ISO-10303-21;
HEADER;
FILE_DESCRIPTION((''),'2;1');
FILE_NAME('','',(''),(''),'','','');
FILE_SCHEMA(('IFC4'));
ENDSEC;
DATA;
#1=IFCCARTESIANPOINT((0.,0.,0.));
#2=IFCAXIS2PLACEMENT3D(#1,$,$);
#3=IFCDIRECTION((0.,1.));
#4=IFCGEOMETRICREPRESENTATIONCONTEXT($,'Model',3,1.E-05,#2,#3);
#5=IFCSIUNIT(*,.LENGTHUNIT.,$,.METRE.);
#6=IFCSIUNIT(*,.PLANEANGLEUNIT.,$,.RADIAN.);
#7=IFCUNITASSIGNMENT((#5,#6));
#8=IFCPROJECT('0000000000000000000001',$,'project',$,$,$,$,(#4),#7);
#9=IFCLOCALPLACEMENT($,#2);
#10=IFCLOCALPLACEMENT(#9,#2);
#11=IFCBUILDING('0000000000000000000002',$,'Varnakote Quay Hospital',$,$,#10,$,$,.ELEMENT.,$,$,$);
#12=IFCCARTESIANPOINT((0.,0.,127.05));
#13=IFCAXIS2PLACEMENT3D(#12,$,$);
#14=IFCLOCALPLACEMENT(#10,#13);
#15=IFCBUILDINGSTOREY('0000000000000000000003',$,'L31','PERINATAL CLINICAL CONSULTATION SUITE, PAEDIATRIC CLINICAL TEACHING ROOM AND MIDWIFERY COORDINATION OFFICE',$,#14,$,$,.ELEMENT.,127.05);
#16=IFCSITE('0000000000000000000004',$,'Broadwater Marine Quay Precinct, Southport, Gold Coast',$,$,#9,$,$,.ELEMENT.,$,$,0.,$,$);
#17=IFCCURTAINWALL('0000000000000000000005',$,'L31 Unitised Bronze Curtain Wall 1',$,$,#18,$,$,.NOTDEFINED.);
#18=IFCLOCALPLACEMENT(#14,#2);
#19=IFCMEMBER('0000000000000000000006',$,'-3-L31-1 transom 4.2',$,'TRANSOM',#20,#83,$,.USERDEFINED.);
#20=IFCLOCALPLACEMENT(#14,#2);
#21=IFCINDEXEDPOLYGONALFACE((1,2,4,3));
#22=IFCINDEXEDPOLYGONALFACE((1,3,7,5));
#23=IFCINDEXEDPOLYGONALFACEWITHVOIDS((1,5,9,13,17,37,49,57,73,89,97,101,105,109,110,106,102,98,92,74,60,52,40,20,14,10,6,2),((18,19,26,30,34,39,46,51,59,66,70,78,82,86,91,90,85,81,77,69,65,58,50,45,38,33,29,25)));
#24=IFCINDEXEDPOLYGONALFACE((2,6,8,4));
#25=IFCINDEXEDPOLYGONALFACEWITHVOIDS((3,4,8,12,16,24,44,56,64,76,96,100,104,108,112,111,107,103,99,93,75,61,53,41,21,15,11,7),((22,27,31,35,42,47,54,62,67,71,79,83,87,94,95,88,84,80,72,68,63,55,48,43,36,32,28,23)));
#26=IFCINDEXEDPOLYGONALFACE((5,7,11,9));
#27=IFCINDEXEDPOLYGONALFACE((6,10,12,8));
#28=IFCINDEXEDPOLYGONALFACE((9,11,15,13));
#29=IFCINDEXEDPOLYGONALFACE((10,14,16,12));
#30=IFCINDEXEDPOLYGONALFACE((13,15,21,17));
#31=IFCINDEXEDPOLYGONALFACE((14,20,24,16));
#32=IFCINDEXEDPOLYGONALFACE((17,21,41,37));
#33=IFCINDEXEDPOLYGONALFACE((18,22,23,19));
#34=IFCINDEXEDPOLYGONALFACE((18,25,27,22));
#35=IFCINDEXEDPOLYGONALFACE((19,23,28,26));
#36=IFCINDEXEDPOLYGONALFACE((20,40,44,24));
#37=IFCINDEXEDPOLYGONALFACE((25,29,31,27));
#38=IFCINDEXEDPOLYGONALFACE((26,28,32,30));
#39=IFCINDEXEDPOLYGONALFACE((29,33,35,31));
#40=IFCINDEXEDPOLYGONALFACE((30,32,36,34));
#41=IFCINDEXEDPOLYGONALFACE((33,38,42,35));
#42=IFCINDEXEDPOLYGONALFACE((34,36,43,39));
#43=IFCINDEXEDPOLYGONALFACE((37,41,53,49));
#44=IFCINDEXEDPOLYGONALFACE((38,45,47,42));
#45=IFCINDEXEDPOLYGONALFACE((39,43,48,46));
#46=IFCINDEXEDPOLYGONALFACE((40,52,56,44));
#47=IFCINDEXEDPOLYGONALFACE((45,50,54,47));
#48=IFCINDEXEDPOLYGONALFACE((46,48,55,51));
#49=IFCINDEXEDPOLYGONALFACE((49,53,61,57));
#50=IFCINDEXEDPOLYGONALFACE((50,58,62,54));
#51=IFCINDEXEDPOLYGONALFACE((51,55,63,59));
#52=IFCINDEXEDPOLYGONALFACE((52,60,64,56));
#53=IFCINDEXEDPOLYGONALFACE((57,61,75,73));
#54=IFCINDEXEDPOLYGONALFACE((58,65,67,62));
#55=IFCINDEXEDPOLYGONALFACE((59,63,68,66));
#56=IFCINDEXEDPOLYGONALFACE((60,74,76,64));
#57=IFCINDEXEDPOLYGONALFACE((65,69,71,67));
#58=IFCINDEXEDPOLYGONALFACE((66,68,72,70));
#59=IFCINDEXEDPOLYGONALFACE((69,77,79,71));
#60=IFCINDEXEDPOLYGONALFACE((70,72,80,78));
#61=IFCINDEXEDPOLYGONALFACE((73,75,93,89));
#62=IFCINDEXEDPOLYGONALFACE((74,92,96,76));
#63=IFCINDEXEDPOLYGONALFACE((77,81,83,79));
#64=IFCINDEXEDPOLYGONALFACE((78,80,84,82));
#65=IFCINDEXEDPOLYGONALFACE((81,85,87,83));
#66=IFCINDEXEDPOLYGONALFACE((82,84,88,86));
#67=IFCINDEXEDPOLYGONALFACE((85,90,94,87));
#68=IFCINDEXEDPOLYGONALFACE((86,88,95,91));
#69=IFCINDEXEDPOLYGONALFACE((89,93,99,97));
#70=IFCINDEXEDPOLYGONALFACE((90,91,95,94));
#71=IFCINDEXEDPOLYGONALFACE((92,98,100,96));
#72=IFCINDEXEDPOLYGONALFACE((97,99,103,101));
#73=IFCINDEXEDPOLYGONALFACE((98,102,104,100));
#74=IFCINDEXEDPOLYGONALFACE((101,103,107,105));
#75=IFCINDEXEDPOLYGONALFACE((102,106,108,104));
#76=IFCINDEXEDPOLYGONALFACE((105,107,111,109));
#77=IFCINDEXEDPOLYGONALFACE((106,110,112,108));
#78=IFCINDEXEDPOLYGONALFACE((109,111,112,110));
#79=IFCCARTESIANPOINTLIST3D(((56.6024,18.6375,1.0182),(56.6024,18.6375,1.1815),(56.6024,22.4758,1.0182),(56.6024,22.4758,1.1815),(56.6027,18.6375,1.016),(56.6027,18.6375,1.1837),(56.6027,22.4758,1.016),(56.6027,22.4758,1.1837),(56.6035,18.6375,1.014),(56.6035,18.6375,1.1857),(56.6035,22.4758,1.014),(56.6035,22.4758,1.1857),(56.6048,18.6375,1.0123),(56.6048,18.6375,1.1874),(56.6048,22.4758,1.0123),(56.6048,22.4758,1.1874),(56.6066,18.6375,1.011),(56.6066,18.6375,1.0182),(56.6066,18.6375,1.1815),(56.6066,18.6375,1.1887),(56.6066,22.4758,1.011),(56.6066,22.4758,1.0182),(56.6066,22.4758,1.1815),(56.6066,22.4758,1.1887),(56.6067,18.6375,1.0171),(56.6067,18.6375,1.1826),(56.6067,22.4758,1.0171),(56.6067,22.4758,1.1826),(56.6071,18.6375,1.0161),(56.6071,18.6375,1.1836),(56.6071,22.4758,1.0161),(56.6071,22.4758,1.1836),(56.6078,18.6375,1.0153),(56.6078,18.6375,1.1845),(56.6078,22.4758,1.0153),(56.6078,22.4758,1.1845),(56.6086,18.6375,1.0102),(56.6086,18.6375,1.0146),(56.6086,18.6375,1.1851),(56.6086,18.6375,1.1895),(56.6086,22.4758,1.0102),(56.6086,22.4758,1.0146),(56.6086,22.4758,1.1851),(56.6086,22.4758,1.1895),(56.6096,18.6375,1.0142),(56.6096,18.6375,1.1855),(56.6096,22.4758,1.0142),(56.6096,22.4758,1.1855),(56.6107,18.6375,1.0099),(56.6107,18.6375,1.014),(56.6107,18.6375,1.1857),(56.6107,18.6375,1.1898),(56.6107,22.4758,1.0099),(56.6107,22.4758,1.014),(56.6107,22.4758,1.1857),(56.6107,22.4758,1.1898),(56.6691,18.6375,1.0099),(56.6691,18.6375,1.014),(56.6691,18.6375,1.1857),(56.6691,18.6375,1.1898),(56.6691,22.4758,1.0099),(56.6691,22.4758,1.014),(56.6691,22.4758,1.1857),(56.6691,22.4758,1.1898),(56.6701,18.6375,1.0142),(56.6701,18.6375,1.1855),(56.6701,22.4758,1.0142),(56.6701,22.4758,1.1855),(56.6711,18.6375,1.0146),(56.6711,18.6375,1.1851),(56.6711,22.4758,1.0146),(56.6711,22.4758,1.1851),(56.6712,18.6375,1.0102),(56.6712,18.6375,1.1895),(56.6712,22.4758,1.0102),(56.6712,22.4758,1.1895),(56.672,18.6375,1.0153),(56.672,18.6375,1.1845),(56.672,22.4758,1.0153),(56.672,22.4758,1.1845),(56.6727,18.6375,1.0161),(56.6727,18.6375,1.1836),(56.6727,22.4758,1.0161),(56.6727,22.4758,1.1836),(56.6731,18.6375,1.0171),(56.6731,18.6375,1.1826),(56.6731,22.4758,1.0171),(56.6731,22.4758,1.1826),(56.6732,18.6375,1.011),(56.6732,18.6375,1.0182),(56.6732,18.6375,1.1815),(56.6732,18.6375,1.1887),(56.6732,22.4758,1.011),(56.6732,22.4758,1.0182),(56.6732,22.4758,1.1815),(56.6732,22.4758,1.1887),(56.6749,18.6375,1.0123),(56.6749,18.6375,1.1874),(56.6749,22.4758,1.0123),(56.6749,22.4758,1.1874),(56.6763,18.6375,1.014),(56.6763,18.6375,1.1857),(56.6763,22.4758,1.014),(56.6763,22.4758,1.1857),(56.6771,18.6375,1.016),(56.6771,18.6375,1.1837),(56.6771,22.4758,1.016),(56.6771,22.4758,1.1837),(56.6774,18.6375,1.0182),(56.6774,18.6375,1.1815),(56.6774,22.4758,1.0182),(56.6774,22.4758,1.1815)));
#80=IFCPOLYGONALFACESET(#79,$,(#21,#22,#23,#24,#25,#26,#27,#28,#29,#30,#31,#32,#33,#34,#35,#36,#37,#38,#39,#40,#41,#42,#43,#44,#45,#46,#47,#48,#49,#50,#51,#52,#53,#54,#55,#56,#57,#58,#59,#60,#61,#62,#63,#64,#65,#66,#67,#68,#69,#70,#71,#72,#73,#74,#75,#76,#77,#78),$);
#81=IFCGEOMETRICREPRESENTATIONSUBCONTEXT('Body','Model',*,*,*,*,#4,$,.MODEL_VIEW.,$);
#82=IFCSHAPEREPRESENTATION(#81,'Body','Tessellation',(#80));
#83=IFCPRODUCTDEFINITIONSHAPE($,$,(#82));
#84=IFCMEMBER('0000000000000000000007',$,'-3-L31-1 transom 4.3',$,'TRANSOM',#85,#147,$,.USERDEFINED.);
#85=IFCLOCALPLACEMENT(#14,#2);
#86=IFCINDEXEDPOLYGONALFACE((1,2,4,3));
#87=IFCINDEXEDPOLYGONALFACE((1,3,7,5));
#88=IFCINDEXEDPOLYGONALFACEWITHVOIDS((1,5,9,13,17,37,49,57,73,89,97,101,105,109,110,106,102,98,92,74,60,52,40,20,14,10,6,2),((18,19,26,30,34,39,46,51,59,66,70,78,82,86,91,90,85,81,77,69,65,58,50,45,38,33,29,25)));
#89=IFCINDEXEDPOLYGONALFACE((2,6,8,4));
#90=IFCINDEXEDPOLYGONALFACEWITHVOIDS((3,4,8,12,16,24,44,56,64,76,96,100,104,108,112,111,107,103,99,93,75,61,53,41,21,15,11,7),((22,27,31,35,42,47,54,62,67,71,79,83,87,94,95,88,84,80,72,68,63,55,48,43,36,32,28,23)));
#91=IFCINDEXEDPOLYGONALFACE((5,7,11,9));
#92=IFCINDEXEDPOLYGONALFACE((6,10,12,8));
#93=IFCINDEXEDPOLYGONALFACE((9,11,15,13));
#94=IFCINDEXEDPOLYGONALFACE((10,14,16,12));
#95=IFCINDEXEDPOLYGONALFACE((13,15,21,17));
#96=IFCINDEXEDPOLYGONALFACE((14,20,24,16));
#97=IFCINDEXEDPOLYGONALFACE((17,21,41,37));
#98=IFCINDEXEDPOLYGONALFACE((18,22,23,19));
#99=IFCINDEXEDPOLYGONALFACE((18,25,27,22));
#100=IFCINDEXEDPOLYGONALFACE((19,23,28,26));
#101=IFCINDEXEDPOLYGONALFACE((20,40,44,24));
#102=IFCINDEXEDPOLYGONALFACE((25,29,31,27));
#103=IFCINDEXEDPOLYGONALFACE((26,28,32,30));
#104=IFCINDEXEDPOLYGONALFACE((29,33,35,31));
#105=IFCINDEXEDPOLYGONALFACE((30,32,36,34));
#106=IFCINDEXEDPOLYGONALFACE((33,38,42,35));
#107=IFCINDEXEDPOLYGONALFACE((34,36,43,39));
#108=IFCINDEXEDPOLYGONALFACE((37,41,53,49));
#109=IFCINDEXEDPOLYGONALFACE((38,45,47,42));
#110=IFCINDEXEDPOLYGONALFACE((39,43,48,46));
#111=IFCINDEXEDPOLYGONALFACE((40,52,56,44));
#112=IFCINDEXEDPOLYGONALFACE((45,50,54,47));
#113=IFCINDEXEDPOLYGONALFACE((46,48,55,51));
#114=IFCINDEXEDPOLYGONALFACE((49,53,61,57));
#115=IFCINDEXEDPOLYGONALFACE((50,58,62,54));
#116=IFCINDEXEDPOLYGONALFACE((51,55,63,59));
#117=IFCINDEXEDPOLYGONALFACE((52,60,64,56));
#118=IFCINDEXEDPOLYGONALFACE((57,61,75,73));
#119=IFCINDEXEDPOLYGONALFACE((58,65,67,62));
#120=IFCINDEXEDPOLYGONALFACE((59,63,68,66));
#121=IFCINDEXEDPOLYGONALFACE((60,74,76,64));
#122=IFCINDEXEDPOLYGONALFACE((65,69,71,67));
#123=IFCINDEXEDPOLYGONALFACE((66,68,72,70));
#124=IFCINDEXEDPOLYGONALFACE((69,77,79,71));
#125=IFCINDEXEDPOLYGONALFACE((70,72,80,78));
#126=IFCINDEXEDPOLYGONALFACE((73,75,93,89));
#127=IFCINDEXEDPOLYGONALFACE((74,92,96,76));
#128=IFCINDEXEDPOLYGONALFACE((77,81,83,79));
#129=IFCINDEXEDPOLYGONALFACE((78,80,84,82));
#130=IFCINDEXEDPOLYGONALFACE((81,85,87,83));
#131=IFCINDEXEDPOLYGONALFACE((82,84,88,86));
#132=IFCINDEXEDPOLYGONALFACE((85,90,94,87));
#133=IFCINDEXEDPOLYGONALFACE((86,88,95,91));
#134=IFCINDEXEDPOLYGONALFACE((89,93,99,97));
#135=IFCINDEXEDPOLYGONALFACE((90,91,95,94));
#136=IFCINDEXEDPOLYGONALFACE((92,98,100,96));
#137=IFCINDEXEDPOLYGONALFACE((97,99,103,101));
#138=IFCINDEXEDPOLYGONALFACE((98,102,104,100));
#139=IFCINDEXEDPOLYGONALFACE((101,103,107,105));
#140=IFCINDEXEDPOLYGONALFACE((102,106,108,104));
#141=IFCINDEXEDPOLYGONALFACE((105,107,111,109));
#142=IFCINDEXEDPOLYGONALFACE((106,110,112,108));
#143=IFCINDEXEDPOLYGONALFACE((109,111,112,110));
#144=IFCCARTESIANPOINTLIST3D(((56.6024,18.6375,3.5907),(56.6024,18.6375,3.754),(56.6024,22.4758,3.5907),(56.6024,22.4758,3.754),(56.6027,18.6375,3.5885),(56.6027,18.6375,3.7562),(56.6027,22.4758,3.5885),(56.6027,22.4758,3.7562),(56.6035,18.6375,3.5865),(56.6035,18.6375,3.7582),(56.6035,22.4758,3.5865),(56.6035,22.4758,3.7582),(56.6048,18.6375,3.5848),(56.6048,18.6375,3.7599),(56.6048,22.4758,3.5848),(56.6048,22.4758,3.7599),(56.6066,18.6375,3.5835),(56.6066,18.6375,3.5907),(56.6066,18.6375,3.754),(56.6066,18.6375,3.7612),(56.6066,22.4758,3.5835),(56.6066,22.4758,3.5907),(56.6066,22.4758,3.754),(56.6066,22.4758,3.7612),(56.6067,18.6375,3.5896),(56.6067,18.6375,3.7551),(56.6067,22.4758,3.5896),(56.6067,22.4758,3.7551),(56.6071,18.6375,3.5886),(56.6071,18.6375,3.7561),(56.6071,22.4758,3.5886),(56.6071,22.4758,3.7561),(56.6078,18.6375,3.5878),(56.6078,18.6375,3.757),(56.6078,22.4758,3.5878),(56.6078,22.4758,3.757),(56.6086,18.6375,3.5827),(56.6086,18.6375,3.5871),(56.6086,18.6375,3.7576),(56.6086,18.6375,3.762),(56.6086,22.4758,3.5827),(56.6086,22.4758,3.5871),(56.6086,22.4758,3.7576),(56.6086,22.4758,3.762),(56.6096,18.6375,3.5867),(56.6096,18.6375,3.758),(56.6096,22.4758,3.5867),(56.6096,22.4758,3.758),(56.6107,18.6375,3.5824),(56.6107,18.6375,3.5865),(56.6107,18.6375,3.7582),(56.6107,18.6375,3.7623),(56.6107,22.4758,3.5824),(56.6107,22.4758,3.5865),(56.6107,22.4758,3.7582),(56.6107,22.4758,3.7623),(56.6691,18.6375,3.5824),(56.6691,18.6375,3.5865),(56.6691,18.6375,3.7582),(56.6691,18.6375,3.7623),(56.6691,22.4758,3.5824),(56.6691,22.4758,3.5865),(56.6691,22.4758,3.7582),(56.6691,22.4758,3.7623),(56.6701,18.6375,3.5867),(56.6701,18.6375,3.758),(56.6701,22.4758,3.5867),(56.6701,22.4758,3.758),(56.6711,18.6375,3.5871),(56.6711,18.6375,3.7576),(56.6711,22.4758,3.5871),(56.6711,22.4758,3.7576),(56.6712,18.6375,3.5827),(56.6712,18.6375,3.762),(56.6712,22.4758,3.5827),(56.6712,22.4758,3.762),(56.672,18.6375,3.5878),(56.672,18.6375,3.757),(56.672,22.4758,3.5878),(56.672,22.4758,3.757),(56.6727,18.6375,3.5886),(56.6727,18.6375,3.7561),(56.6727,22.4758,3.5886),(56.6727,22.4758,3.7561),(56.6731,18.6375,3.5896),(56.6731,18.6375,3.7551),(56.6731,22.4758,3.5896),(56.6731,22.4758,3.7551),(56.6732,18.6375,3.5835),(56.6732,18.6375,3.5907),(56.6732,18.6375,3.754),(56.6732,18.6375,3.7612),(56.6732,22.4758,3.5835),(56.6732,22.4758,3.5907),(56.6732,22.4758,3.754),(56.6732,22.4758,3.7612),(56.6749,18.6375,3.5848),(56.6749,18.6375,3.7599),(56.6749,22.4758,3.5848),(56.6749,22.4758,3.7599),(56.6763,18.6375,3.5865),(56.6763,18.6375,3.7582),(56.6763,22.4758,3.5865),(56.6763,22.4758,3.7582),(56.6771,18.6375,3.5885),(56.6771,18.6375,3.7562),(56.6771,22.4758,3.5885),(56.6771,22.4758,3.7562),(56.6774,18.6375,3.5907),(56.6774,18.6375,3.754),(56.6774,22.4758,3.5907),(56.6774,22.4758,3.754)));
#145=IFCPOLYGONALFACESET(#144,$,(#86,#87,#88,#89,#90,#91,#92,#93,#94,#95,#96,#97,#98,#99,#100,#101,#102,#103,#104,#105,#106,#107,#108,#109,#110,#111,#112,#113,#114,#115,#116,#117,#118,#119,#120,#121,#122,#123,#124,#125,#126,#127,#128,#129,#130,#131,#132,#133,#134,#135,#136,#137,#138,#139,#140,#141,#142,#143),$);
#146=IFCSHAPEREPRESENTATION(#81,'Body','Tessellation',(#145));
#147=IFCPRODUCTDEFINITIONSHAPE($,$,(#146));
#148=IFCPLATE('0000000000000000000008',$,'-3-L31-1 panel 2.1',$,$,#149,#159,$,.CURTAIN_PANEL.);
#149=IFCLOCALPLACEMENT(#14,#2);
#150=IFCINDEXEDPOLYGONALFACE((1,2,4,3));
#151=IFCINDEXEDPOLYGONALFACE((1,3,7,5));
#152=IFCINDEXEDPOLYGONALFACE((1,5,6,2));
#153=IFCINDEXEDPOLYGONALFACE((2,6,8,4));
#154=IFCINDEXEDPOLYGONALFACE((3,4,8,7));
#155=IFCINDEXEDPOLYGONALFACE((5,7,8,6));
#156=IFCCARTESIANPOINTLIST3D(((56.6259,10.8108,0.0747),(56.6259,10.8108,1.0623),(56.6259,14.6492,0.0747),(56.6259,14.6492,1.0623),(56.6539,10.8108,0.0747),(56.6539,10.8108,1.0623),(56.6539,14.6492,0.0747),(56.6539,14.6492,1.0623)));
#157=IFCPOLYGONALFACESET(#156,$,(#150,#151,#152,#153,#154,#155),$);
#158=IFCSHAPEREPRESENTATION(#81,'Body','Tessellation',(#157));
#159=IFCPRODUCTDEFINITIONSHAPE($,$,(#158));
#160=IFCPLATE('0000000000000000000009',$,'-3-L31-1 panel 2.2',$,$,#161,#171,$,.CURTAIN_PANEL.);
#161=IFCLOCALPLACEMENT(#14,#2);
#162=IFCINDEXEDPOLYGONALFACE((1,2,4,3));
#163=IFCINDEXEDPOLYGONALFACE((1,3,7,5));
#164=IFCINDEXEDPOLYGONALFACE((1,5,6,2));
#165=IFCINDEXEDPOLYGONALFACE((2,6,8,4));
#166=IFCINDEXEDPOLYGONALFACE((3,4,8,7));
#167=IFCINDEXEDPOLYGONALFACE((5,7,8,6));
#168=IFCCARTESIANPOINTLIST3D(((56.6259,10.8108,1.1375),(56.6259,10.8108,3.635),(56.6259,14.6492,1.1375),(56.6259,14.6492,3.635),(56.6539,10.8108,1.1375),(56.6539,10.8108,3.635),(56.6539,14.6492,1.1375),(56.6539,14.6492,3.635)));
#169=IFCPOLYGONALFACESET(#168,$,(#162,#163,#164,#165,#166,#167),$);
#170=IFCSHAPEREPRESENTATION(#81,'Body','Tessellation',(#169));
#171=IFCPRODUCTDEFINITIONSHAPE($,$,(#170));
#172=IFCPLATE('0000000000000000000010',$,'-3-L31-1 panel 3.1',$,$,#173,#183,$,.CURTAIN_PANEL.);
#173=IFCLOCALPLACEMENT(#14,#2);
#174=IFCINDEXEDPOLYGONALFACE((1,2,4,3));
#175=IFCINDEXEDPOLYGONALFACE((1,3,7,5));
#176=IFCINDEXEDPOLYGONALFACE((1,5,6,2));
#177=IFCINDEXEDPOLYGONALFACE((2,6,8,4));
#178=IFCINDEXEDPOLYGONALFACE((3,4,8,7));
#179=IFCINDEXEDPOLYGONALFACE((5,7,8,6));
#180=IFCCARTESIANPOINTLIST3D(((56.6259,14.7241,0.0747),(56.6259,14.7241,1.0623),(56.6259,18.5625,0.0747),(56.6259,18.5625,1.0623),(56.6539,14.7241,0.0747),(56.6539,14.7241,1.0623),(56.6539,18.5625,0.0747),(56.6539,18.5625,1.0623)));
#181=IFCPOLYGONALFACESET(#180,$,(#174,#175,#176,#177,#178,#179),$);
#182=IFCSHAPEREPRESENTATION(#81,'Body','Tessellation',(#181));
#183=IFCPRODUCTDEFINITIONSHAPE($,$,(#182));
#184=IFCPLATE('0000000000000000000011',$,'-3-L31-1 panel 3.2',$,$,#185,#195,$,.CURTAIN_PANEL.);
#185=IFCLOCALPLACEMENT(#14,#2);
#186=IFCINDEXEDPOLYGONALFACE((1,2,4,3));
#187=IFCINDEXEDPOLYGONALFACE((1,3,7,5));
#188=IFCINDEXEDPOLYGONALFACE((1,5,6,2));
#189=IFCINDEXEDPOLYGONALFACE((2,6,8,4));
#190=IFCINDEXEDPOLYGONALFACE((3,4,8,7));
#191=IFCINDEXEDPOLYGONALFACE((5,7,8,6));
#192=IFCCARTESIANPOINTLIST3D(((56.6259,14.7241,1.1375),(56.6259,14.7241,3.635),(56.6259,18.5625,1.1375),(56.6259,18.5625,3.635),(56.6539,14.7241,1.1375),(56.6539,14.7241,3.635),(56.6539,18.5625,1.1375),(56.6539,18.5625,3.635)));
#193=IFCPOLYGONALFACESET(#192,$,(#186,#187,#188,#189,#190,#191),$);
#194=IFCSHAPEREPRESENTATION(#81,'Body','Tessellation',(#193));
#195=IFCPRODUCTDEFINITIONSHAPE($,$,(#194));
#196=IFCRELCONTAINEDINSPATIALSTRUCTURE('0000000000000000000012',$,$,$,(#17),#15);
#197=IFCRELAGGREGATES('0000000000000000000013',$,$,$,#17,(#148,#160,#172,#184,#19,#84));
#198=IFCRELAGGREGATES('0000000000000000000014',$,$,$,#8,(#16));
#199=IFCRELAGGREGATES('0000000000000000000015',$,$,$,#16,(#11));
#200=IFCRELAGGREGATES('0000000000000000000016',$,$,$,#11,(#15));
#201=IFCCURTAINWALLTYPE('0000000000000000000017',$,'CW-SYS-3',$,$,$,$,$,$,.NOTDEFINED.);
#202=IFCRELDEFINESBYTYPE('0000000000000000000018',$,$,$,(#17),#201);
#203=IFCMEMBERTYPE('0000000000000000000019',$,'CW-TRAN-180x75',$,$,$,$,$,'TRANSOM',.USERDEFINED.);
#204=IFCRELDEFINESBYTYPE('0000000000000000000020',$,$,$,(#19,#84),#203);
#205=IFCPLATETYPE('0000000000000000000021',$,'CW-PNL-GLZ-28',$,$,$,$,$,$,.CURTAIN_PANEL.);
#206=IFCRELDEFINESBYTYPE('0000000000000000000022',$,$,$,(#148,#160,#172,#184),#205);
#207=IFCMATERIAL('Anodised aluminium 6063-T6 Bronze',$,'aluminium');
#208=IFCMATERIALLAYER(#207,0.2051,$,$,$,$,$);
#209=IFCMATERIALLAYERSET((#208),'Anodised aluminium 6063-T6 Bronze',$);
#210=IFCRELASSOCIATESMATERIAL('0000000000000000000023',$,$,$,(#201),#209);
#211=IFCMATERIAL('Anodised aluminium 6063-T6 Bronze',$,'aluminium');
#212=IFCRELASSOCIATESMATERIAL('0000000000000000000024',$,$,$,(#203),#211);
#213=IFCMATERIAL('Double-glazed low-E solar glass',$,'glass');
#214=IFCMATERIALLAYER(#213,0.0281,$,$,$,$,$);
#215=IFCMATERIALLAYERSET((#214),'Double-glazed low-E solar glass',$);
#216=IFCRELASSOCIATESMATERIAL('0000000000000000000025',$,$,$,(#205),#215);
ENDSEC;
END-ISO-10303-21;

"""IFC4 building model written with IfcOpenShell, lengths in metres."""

from ifc_helpers import new_model, si_unit, direction, frame, origin, origin_2d, place, context, subcontext, project, spatial, rectangle, hollow_rectangle, extrude, material, layer, layer_set, material_profile, profile_set, type_object, element, aggregate, save


model = new_model("IFC4")

# Units and contexts
model_context = context("Model", 3, precision=1e-05, world=origin(), true_north=direction((0.0, 1.0)))
body_context = subcontext(model_context, "Body", "Model", "MODEL_VIEW")
ifc_project = project(units=[si_unit("LENGTHUNIT", "METRE"), si_unit("PLANEANGLEUNIT", "RADIAN")], contexts=[model_context])

# Site, building, storey
site_placement = place(None, origin())
site = spatial("IfcSite", under=ifc_project, at=site_placement, Name="Broadwater Marine Quay Precinct, Southport, Gold Coast", CompositionType="ELEMENT", RefElevation=0.0)
building_placement = place(site_placement, origin())
building = spatial("IfcBuilding", under=site, at=building_placement, Name="Varnakote Quay Hospital", CompositionType="ELEMENT")
storey_placement = place(building_placement, frame((0.0, 0.0, 127.05)))
storey = spatial("IfcBuildingStorey", under=building, at=storey_placement, Name="L31", Description="PERINATAL CLINICAL CONSULTATION SUITE, PAEDIATRIC CLINICAL TEACHING ROOM AND MIDWIFERY COORDINATION OFFICE", CompositionType="ELEMENT", Elevation=127.05)

# Curtain wall, members, plates
ifc_material_1 = material(Name="Anodised aluminium 6063-T6 Bronze", Category="aluminium")
ifc_layer_1 = layer(ifc_material_1, 0.2051)
ifc_layer_set_1 = layer_set([ifc_layer_1], Name="Anodised aluminium 6063-T6 Bronze")
curtain_wall_type = type_object("IfcCurtainWallType", Name="CW-SYS-3", PredefinedType="NOTDEFINED", material=ifc_layer_set_1)
curtain_wall_placement = place(storey_placement, origin())
curtain_wall = element("IfcCurtainWall", 1, at=curtain_wall_placement, inside=storey, type_object=curtain_wall_type, Name="L31 Unitised Bronze Curtain Wall 1", PredefinedType="NOTDEFINED")
ifc_material_2 = material(Name="Anodised aluminium 6063-T6 Bronze", Category="aluminium")
ifc_material_profile_1 = material_profile(ifc_material_2, hollow_rectangle(XDim=0.075, YDim=0.1799, WallThickness=0.0042, InnerFilletRadius=0.0042, OuterFilletRadius=0.0083, at=origin_2d()), Name="CW-TRAN-180x75")
ifc_profile_set_1 = profile_set([ifc_material_profile_1], Name="Anodised aluminium 6063-T6 Bronze")
member_type_1 = type_object("IfcMemberType", Name="CW-TRAN-180x75", ElementType="TRANSOM", PredefinedType="USERDEFINED", material=ifc_profile_set_1)
member_1_placement = place(storey_placement, frame((56.6399, 18.6375, 1.0999), z_axis=(0.0, 1.0, 0.0), x_axis=(-1.0, 0.0, 0.0)))
member_1 = element("IfcMember", 2, at=member_1_placement, type_object=member_type_1, Name="-3-L31-1 transom 4.2", ObjectType="TRANSOM", PredefinedType="USERDEFINED", context=body_context, shape_type="SweptSolid", body=[
    extrude(hollow_rectangle(XDim=0.075, YDim=0.1799, WallThickness=0.0042, InnerFilletRadius=0.0042, OuterFilletRadius=0.0083, at=origin_2d()), origin(), (0.0, 0.0, 1.0), 3.8384),
])
member_2_placement = place(storey_placement, frame((56.6399, 18.6375, 3.6724), z_axis=(0.0, 1.0, 0.0), x_axis=(-1.0, 0.0, 0.0)))
member_2 = element("IfcMember", 3, at=member_2_placement, type_object=member_type_1, Name="-3-L31-1 transom 4.3", ObjectType="TRANSOM", PredefinedType="USERDEFINED", context=body_context, shape_type="SweptSolid", body=[
    extrude(hollow_rectangle(XDim=0.075, YDim=0.1799, WallThickness=0.0042, InnerFilletRadius=0.0042, OuterFilletRadius=0.0083, at=origin_2d()), origin(), (0.0, 0.0, 1.0), 3.8384),
])
ifc_material_3 = material(Name="Double-glazed low-E solar glass", Category="glass")
ifc_layer_2 = layer(ifc_material_3, 0.0281)
ifc_layer_set_2 = layer_set([ifc_layer_2], Name="Double-glazed low-E solar glass")
plate_type = type_object("IfcPlateType", Name="CW-PNL-GLZ-28", PredefinedType="CURTAIN_PANEL", material=ifc_layer_set_2)
plate_1_placement = place(storey_placement, frame((56.6399, 12.73, 0.0747), z_axis=(0.0, 0.0, 1.0), x_axis=(0.0, 1.0, 0.0)))
plate_1 = element("IfcPlate", 4, at=plate_1_placement, type_object=plate_type, Name="-3-L31-1 panel 2.1", PredefinedType="CURTAIN_PANEL", context=body_context, shape_type="SweptSolid", body=[
    extrude(rectangle(XDim=3.8384, YDim=0.0281, at=origin_2d()), origin(), (0.0, 0.0, 1.0), 0.9875),
])
plate_2_placement = place(storey_placement, frame((56.6399, 12.73, 1.1375), z_axis=(0.0, 0.0, 1.0), x_axis=(0.0, 1.0, 0.0)))
plate_2 = element("IfcPlate", 5, at=plate_2_placement, type_object=plate_type, Name="-3-L31-1 panel 2.2", PredefinedType="CURTAIN_PANEL", context=body_context, shape_type="SweptSolid", body=[
    extrude(rectangle(XDim=3.8384, YDim=0.0281, at=origin_2d()), origin(), (0.0, 0.0, 1.0), 2.4976),
])
plate_3_placement = place(storey_placement, frame((56.6399, 16.6433, 0.0747), z_axis=(0.0, 0.0, 1.0), x_axis=(0.0, 1.0, 0.0)))
plate_3 = element("IfcPlate", 6, at=plate_3_placement, type_object=plate_type, Name="-3-L31-1 panel 3.1", PredefinedType="CURTAIN_PANEL", context=body_context, shape_type="SweptSolid", body=[
    extrude(rectangle(XDim=3.8384, YDim=0.0281, at=origin_2d()), origin(), (0.0, 0.0, 1.0), 0.9875),
])
plate_4_placement = place(storey_placement, frame((56.6399, 16.6433, 1.1375), z_axis=(0.0, 0.0, 1.0), x_axis=(0.0, 1.0, 0.0)))
plate_4 = element("IfcPlate", 7, at=plate_4_placement, type_object=plate_type, Name="-3-L31-1 panel 3.2", PredefinedType="CURTAIN_PANEL", context=body_context, shape_type="SweptSolid", body=[
    extrude(rectangle(XDim=3.8384, YDim=0.0281, at=origin_2d()), origin(), (0.0, 0.0, 1.0), 2.4976),
])
aggregate(curtain_wall, [plate_1, plate_2, plate_3, plate_4, member_1, member_2])

save(model, "model.ifc")
